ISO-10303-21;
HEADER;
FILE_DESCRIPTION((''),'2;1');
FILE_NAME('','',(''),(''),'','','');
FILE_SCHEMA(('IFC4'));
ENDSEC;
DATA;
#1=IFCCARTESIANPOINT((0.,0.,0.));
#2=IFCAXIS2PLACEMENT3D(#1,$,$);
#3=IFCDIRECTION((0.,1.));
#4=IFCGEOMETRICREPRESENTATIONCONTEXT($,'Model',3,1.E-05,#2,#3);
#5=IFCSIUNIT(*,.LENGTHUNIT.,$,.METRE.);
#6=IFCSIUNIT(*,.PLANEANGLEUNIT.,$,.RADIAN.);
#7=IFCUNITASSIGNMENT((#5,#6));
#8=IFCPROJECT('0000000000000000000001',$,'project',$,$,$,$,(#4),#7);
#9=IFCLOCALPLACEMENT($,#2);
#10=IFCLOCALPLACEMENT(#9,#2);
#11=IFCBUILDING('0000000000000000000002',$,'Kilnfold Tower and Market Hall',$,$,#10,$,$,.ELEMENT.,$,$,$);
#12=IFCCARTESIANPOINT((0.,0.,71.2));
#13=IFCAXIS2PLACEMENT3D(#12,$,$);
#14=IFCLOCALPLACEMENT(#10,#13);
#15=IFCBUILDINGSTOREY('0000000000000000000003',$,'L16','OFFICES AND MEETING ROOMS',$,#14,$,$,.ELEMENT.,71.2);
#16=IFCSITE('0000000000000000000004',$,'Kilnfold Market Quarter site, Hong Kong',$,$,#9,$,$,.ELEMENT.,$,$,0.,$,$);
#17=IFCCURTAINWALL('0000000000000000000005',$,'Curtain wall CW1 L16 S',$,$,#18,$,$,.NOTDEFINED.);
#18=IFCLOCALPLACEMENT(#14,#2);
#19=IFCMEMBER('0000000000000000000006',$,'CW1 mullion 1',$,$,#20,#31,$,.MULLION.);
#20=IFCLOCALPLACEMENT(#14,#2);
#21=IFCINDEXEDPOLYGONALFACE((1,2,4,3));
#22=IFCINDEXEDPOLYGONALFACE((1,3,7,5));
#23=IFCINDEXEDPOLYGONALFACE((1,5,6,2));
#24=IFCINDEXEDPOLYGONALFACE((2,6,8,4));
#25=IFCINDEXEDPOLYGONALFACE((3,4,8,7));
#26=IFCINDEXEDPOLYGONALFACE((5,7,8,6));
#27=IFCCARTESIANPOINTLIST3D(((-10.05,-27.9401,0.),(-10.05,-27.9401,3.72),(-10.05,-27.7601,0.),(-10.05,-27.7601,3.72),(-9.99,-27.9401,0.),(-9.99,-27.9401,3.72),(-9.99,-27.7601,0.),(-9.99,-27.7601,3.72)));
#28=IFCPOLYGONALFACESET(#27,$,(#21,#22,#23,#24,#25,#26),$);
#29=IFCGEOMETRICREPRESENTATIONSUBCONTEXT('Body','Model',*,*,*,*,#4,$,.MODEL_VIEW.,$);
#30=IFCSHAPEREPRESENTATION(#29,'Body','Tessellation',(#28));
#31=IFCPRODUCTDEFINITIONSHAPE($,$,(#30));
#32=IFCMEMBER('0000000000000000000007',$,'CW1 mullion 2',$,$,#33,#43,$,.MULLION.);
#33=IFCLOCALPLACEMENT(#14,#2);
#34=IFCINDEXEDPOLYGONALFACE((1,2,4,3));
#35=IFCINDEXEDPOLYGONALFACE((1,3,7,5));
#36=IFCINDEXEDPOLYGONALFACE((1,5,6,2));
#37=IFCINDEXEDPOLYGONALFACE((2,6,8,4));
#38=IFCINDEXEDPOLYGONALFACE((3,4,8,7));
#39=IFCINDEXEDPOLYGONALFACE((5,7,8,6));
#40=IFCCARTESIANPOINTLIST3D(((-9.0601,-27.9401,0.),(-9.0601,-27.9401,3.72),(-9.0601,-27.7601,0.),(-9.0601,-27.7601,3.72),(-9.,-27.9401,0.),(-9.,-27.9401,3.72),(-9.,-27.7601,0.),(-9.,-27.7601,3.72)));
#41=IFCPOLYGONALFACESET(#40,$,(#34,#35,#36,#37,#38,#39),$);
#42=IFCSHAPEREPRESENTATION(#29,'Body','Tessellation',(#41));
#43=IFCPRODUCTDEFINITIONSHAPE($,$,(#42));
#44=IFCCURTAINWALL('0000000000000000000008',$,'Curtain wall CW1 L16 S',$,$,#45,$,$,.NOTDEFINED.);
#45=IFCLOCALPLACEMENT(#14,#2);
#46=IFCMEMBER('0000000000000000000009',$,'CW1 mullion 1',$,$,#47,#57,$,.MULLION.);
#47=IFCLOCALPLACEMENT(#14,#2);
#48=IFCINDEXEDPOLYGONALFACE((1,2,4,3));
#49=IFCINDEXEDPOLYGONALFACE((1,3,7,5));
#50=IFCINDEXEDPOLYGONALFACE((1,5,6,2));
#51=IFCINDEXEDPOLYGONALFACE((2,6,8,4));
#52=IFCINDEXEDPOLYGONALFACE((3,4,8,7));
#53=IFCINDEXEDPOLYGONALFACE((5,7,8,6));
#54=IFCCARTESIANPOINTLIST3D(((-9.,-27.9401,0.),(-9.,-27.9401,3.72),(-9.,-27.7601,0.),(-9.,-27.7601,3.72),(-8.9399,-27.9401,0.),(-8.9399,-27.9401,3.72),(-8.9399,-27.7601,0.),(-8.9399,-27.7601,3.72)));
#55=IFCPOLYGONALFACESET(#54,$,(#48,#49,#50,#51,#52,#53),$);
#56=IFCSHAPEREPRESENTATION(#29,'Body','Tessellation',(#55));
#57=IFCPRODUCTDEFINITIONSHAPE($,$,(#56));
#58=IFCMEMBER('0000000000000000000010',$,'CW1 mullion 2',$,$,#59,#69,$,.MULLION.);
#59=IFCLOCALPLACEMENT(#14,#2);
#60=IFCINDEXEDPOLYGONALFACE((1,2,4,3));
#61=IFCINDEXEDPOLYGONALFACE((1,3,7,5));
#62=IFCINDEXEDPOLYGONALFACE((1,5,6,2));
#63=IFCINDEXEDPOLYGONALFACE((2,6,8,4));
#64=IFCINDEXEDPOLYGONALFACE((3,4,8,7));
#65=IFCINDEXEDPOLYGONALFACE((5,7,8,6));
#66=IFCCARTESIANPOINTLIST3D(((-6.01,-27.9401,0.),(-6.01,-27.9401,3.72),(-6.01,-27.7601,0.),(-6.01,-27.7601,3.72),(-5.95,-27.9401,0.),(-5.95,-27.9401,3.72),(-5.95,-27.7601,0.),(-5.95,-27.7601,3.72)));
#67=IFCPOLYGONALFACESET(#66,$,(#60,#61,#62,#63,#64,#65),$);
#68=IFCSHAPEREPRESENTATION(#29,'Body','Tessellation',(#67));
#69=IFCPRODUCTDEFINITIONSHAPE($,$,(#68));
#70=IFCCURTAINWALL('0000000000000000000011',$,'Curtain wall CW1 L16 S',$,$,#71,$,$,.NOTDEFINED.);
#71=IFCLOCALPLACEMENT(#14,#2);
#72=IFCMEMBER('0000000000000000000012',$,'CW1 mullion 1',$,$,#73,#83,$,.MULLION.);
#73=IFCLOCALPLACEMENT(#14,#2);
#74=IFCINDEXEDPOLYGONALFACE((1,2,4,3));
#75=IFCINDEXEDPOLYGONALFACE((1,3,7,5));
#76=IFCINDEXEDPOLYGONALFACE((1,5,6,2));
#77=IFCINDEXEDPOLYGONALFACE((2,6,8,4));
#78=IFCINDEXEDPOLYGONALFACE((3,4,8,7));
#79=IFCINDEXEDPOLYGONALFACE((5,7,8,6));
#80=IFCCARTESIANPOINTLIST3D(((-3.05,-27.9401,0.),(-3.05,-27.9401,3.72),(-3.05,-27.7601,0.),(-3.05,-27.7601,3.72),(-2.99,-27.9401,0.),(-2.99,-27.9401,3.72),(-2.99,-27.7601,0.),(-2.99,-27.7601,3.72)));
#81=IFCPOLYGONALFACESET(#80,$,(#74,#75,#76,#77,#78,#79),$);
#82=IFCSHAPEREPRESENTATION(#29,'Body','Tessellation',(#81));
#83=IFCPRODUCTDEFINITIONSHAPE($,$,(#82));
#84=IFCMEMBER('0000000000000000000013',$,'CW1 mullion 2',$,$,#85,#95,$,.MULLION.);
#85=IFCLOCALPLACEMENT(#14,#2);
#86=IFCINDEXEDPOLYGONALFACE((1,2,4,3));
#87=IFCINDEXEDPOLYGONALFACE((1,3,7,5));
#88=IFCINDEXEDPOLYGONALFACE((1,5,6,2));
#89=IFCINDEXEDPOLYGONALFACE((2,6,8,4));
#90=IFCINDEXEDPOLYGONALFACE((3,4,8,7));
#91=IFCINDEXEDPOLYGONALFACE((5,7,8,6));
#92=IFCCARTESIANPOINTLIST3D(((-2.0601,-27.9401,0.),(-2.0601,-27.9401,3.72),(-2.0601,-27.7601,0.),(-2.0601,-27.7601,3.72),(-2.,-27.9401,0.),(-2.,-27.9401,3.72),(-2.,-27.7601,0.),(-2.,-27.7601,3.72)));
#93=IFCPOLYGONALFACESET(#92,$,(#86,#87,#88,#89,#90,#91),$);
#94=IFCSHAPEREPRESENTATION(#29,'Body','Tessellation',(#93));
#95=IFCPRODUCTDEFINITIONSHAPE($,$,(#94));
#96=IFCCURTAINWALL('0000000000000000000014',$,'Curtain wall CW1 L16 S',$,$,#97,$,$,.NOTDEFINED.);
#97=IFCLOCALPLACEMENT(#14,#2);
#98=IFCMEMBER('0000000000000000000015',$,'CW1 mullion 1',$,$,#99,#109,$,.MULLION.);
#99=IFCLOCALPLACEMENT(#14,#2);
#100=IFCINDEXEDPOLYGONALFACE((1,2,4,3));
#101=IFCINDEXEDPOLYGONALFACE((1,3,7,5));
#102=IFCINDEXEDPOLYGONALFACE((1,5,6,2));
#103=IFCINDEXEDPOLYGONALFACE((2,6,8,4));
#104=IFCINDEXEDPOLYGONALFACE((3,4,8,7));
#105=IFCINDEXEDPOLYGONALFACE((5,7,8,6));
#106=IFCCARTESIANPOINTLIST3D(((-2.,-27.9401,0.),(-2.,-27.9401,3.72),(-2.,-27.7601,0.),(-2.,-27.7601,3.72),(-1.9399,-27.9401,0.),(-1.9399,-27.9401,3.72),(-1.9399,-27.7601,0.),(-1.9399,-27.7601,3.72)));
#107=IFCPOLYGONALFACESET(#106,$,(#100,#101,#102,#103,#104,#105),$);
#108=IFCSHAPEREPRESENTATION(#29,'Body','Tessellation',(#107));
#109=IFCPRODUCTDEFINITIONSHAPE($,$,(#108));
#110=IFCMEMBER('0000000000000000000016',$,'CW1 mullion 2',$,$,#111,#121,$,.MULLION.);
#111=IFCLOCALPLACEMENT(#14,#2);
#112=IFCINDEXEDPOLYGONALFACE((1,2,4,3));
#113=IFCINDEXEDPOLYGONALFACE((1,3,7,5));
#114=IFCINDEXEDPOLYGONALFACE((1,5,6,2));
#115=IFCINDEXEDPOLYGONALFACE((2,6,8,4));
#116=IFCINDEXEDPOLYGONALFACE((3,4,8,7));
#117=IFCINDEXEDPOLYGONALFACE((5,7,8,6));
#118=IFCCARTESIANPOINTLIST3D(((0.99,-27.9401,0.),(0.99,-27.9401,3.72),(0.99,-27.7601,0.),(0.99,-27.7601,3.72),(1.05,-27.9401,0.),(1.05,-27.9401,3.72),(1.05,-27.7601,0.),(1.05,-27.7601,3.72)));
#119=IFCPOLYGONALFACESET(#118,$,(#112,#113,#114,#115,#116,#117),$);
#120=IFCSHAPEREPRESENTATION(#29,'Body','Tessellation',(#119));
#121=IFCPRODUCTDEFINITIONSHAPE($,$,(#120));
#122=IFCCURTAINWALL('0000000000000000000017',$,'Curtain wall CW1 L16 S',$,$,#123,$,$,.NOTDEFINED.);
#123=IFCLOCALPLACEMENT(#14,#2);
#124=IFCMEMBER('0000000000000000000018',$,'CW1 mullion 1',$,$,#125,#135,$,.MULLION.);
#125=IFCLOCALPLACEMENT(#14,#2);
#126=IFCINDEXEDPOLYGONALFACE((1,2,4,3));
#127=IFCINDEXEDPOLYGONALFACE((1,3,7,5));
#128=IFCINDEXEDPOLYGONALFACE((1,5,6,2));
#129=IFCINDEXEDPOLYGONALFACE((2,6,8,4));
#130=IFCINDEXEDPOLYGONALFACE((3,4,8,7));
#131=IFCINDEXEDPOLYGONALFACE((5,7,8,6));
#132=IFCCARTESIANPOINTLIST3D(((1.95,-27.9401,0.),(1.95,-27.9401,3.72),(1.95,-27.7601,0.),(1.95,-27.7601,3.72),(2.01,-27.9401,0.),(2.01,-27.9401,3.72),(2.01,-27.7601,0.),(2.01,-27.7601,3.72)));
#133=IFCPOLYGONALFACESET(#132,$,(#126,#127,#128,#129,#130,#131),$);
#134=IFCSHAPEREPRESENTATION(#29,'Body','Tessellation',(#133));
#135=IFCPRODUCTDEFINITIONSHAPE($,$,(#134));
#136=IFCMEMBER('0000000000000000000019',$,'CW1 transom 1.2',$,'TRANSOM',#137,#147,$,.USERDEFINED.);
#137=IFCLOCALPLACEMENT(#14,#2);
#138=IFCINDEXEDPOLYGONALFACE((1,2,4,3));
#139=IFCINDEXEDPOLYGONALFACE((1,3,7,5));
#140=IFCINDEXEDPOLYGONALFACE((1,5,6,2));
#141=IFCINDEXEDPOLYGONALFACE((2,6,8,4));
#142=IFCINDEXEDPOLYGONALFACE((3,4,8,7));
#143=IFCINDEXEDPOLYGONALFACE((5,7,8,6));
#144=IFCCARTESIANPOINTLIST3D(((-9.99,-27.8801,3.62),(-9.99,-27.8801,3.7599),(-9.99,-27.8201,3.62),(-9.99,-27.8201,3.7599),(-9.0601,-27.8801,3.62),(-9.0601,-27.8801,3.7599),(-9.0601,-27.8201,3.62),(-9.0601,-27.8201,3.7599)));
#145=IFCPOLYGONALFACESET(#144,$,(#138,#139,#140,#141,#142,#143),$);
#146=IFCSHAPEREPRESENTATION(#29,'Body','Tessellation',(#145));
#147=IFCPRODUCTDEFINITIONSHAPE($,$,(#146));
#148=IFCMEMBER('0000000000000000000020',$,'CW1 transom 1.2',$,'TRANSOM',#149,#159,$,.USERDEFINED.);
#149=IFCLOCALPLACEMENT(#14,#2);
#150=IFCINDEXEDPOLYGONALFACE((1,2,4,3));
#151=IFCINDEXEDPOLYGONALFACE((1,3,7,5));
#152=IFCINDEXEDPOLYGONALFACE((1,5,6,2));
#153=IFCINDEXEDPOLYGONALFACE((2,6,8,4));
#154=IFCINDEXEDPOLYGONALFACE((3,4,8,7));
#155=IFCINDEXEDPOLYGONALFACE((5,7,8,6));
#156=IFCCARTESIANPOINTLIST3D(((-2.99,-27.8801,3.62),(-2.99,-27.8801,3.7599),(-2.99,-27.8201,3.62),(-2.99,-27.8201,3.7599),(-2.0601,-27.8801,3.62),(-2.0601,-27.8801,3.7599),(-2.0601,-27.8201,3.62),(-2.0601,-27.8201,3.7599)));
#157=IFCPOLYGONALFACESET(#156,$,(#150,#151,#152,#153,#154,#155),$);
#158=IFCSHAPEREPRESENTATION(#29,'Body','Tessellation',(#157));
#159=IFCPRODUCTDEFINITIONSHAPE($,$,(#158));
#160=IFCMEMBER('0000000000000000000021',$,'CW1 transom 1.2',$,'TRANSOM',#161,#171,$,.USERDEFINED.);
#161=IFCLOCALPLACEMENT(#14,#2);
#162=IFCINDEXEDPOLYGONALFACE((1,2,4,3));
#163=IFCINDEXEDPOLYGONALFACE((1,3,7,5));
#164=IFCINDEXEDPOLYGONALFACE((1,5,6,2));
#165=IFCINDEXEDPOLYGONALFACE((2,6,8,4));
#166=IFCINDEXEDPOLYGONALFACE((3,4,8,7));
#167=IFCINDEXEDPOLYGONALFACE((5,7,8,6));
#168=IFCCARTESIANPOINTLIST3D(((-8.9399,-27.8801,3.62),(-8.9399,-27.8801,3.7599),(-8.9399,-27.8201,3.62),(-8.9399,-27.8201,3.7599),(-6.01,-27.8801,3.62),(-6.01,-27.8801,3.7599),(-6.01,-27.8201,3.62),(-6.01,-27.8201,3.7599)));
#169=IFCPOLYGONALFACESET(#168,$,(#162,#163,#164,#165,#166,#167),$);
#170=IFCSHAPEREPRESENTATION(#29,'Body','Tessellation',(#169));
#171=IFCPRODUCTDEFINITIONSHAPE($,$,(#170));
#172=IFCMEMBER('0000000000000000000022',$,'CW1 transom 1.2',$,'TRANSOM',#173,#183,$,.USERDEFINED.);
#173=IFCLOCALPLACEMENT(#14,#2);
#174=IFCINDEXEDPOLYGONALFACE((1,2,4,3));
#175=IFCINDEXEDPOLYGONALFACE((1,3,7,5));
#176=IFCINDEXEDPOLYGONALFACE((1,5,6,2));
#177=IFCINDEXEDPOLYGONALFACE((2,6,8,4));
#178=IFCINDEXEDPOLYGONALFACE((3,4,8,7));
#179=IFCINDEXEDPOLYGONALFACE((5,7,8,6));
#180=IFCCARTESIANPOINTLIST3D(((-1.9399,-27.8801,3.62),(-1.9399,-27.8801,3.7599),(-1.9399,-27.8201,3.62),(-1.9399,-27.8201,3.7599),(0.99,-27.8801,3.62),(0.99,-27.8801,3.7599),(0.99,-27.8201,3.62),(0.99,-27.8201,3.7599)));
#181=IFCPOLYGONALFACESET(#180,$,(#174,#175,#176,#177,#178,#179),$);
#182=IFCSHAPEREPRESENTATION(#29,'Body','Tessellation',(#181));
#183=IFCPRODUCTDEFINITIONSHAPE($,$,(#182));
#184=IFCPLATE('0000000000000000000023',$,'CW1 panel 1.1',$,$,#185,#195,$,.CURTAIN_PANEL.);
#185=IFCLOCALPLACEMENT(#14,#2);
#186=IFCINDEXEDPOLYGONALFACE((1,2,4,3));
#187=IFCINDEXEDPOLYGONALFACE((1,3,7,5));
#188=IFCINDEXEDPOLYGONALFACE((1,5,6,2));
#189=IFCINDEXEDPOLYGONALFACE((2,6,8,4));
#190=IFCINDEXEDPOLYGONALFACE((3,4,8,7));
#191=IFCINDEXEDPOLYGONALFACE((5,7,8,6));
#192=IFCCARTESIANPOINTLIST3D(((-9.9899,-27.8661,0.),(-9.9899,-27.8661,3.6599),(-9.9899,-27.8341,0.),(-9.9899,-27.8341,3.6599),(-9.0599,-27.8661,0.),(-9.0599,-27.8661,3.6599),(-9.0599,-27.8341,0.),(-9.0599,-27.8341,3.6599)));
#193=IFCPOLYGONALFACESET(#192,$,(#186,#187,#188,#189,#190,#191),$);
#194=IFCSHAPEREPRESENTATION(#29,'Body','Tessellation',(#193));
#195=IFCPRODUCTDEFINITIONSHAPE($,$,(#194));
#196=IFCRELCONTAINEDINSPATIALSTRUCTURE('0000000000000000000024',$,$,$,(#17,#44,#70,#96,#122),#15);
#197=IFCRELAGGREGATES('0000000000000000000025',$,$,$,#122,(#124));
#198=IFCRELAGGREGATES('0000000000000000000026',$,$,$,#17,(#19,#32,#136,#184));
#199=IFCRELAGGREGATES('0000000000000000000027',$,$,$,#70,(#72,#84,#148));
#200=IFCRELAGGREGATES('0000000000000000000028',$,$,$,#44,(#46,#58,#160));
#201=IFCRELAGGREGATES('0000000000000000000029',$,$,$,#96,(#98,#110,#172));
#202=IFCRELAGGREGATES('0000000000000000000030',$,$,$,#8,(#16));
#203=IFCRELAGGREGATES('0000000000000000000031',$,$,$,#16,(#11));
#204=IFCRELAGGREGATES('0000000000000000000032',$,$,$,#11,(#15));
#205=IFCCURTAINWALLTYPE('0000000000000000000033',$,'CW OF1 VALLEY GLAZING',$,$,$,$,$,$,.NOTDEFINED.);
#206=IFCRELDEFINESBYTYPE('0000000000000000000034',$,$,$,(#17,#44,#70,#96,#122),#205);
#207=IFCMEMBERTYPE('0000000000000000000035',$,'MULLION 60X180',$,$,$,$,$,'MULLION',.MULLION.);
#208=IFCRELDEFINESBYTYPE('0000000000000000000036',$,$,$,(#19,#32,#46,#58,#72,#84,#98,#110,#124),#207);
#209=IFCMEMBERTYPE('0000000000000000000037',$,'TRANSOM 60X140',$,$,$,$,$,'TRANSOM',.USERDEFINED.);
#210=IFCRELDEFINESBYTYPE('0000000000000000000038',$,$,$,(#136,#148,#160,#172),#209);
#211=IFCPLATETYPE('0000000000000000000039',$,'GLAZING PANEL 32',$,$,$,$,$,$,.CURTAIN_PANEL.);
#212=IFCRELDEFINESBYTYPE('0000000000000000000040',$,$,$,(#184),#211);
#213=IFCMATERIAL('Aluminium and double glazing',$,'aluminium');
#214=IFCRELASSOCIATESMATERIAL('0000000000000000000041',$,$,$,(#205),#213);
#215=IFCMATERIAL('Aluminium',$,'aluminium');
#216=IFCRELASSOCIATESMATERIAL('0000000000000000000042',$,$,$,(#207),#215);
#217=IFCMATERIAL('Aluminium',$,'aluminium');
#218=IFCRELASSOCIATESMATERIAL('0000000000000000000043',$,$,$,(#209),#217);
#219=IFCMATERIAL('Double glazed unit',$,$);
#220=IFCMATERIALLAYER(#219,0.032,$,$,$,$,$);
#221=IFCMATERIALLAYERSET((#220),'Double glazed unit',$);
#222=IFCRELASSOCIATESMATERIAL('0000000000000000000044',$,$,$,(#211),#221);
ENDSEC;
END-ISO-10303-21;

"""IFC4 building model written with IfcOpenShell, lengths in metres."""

from ifc_helpers import new_model, si_unit, direction, frame, origin, origin_2d, place, context, subcontext, project, spatial, rectangle, extrude, source, transform, mapped, material, layer, layer_set, material_profile, profile_set, type_object, element, aggregate, save


model = new_model("IFC4")

# Units and contexts
model_context = context("Model", 3, precision=1e-05, world=origin(), true_north=direction((0.0, 1.0)))
body_context = subcontext(model_context, "Body", "Model", "MODEL_VIEW")
ifc_project = project(units=[si_unit("LENGTHUNIT", "METRE"), si_unit("PLANEANGLEUNIT", "RADIAN")], contexts=[model_context])

# Site, building, storey
site_placement = place(None, origin())
site = spatial("IfcSite", under=ifc_project, at=site_placement, Name="Kilnfold Market Quarter site, Hong Kong", CompositionType="ELEMENT", RefElevation=0.0)
building_placement = place(site_placement, origin())
building = spatial("IfcBuilding", under=site, at=building_placement, Name="Kilnfold Tower and Market Hall", CompositionType="ELEMENT")
storey_placement = place(building_placement, frame((0.0, 0.0, 71.2)))
storey = spatial("IfcBuildingStorey", under=building, at=storey_placement, Name="L16", Description="OFFICES AND MEETING ROOMS", CompositionType="ELEMENT", Elevation=71.2)

# Curtain walls, members
ifc_material_1 = material(Name="Aluminium and double glazing", Category="aluminium")
curtain_wall_type = type_object("IfcCurtainWallType", Name="CW OF1 VALLEY GLAZING", PredefinedType="NOTDEFINED", material=ifc_material_1)
curtain_wall_1_placement = place(storey_placement, origin())
curtain_wall_1 = element("IfcCurtainWall", 1, at=curtain_wall_1_placement, inside=storey, type_object=curtain_wall_type, Name="Curtain wall CW1 L16 S", PredefinedType="NOTDEFINED")
ifc_material_2 = material(Name="Aluminium", Category="aluminium")
ifc_material_profile_1 = material_profile(ifc_material_2, rectangle(XDim=0.0601, YDim=0.1799, at=origin_2d()), Name="MULLION 60x180")
ifc_profile_set_1 = profile_set([ifc_material_profile_1], Name="Aluminium")
member_type_1 = type_object("IfcMemberType", Name="MULLION 60X180", ElementType="MULLION", PredefinedType="MULLION", material=ifc_profile_set_1)
shared_shape_1 = source(origin(), body_context, "Body", "SweptSolid", [
    extrude(rectangle(XDim=0.0601, YDim=0.1799, at=origin_2d()), origin(), (0.0, 0.0, 1.0), 3.72),
])
member_1_placement = place(storey_placement, frame((-10.02, -27.8501, 0.0), z_axis=(0.0, 0.0, 1.0), x_axis=(1.0, 0.0, 0.0)))
member_1 = element("IfcMember", 2, at=member_1_placement, type_object=member_type_1, Name="CW1 mullion 1", PredefinedType="MULLION", context=body_context, shape_type="MappedRepresentation", body=[
    mapped(shared_shape_1, transform((0.0, 0.0, 0.0))),
])
member_2_placement = place(storey_placement, frame((-9.03, -27.8501, 0.0), z_axis=(0.0, 0.0, 1.0), x_axis=(1.0, 0.0, 0.0)))
member_2 = element("IfcMember", 3, at=member_2_placement, type_object=member_type_1, Name="CW1 mullion 2", PredefinedType="MULLION", context=body_context, shape_type="MappedRepresentation", body=[
    mapped(shared_shape_1, transform((0.0, 0.0, 0.0))),
])
curtain_wall_2_placement = place(storey_placement, origin())
curtain_wall_2 = element("IfcCurtainWall", 4, at=curtain_wall_2_placement, inside=storey, type_object=curtain_wall_type, Name="Curtain wall CW1 L16 S", PredefinedType="NOTDEFINED")
member_3_placement = place(storey_placement, frame((-8.97, -27.8501, 0.0), z_axis=(0.0, 0.0, 1.0), x_axis=(1.0, 0.0, 0.0)))
member_3 = element("IfcMember", 5, at=member_3_placement, type_object=member_type_1, Name="CW1 mullion 1", PredefinedType="MULLION", context=body_context, shape_type="MappedRepresentation", body=[
    mapped(shared_shape_1, transform((0.0, 0.0, 0.0))),
])
member_4_placement = place(storey_placement, frame((-5.98, -27.8501, 0.0), z_axis=(0.0, 0.0, 1.0), x_axis=(1.0, 0.0, 0.0)))
member_4 = element("IfcMember", 6, at=member_4_placement, type_object=member_type_1, Name="CW1 mullion 2", PredefinedType="MULLION", context=body_context, shape_type="MappedRepresentation", body=[
    mapped(shared_shape_1, transform((0.0, 0.0, 0.0))),
])
curtain_wall_3_placement = place(storey_placement, origin())
curtain_wall_3 = element("IfcCurtainWall", 7, at=curtain_wall_3_placement, inside=storey, type_object=curtain_wall_type, Name="Curtain wall CW1 L16 S", PredefinedType="NOTDEFINED")
member_5_placement = place(storey_placement, frame((-3.02, -27.8501, 0.0), z_axis=(0.0, 0.0, 1.0), x_axis=(1.0, 0.0, 0.0)))
member_5 = element("IfcMember", 8, at=member_5_placement, type_object=member_type_1, Name="CW1 mullion 1", PredefinedType="MULLION", context=body_context, shape_type="MappedRepresentation", body=[
    mapped(shared_shape_1, transform((0.0, 0.0, 0.0))),
])
member_6_placement = place(storey_placement, frame((-2.03, -27.8501, 0.0), z_axis=(0.0, 0.0, 1.0), x_axis=(1.0, 0.0, 0.0)))
member_6 = element("IfcMember", 9, at=member_6_placement, type_object=member_type_1, Name="CW1 mullion 2", PredefinedType="MULLION", context=body_context, shape_type="MappedRepresentation", body=[
    mapped(shared_shape_1, transform((0.0, 0.0, 0.0))),
])
curtain_wall_4_placement = place(storey_placement, origin())
curtain_wall_4 = element("IfcCurtainWall", 10, at=curtain_wall_4_placement, inside=storey, type_object=curtain_wall_type, Name="Curtain wall CW1 L16 S", PredefinedType="NOTDEFINED")
member_7_placement = place(storey_placement, frame((-1.97, -27.8501, 0.0), z_axis=(0.0, 0.0, 1.0), x_axis=(1.0, 0.0, 0.0)))
member_7 = element("IfcMember", 11, at=member_7_placement, type_object=member_type_1, Name="CW1 mullion 1", PredefinedType="MULLION", context=body_context, shape_type="MappedRepresentation", body=[
    mapped(shared_shape_1, transform((0.0, 0.0, 0.0))),
])
member_8_placement = place(storey_placement, frame((1.02, -27.8501, 0.0), z_axis=(0.0, 0.0, 1.0), x_axis=(1.0, 0.0, 0.0)))
member_8 = element("IfcMember", 12, at=member_8_placement, type_object=member_type_1, Name="CW1 mullion 2", PredefinedType="MULLION", context=body_context, shape_type="MappedRepresentation", body=[
    mapped(shared_shape_1, transform((0.0, 0.0, 0.0))),
])

# Curtain wall, member
curtain_wall_5_placement = place(storey_placement, origin())
curtain_wall_5 = element("IfcCurtainWall", 13, at=curtain_wall_5_placement, inside=storey, type_object=curtain_wall_type, Name="Curtain wall CW1 L16 S", PredefinedType="NOTDEFINED")
member_9_placement = place(storey_placement, frame((1.98, -27.8501, 0.0), z_axis=(0.0, 0.0, 1.0), x_axis=(1.0, 0.0, 0.0)))
member_9 = element("IfcMember", 14, at=member_9_placement, type_object=member_type_1, Name="CW1 mullion 1", PredefinedType="MULLION", context=body_context, shape_type="MappedRepresentation", body=[
    mapped(shared_shape_1, transform((0.0, 0.0, 0.0))),
])
aggregate(curtain_wall_5, [member_9])

# Members
ifc_material_3 = material(Name="Aluminium", Category="aluminium")
ifc_material_profile_2 = material_profile(ifc_material_3, rectangle(XDim=0.0601, YDim=0.1399, at=origin_2d()), Name="TRANSOM 60x140")
ifc_profile_set_2 = profile_set([ifc_material_profile_2], Name="Aluminium")
member_type_2 = type_object("IfcMemberType", Name="TRANSOM 60X140", ElementType="TRANSOM", PredefinedType="USERDEFINED", material=ifc_profile_set_2)
shared_shape_2 = source(origin(), body_context, "Body", "SweptSolid", [
    extrude(rectangle(XDim=0.0601, YDim=0.1399, at=origin_2d()), origin(), (0.0, 0.0, 1.0), 0.9299),
])
member_10_placement = place(storey_placement, frame((-9.99, -27.8501, 3.6899), z_axis=(1.0, 0.0, 0.0), x_axis=(0.0, 1.0, 0.0)))
member_10 = element("IfcMember", 15, at=member_10_placement, type_object=member_type_2, Name="CW1 transom 1.2", ObjectType="TRANSOM", PredefinedType="USERDEFINED", context=body_context, shape_type="MappedRepresentation", body=[
    mapped(shared_shape_2, transform((0.0, 0.0, 0.0))),
])
member_11_placement = place(storey_placement, frame((-2.99, -27.8501, 3.6899), z_axis=(1.0, 0.0, 0.0), x_axis=(0.0, 1.0, 0.0)))
member_11 = element("IfcMember", 16, at=member_11_placement, type_object=member_type_2, Name="CW1 transom 1.2", ObjectType="TRANSOM", PredefinedType="USERDEFINED", context=body_context, shape_type="MappedRepresentation", body=[
    mapped(shared_shape_2, transform((0.0, 0.0, 0.0))),
])
shared_shape_3 = source(origin(), body_context, "Body", "SweptSolid", [
    extrude(rectangle(XDim=0.0601, YDim=0.1399, at=origin_2d()), origin(), (0.0, 0.0, 1.0), 2.9299),
])
member_12_placement = place(storey_placement, frame((-8.9399, -27.8501, 3.6899), z_axis=(1.0, 0.0, 0.0), x_axis=(0.0, 1.0, 0.0)))
member_12 = element("IfcMember", 17, at=member_12_placement, type_object=member_type_2, Name="CW1 transom 1.2", ObjectType="TRANSOM", PredefinedType="USERDEFINED", context=body_context, shape_type="MappedRepresentation", body=[
    mapped(shared_shape_3, transform((0.0, 0.0, 0.0))),
])
member_13_placement = place(storey_placement, frame((-1.9399, -27.8501, 3.6899), z_axis=(1.0, 0.0, 0.0), x_axis=(0.0, 1.0, 0.0)))
member_13 = element("IfcMember", 18, at=member_13_placement, type_object=member_type_2, Name="CW1 transom 1.2", ObjectType="TRANSOM", PredefinedType="USERDEFINED", context=body_context, shape_type="MappedRepresentation", body=[
    mapped(shared_shape_3, transform((0.0, 0.0, 0.0))),
])

# Plate
ifc_material_4 = material(Name="Double glazed unit")
ifc_layer_1 = layer(ifc_material_4, 0.032)
ifc_layer_set_1 = layer_set([ifc_layer_1], Name="Double glazed unit")
plate_type = type_object("IfcPlateType", Name="GLAZING PANEL 32", PredefinedType="CURTAIN_PANEL", material=ifc_layer_set_1)
shared_shape_4 = source(origin(), body_context, "Body", "SweptSolid", [
    extrude(rectangle(XDim=0.9299, YDim=0.032, at=origin_2d()), origin(), (0.0, 0.0, 1.0), 3.6599),
])
plate_1_placement = place(storey_placement, frame((-9.5249, -27.8501, 0.0), z_axis=(0.0, 0.0, 1.0), x_axis=(1.0, 0.0, 0.0)))
plate_1 = element("IfcPlate", 19, at=plate_1_placement, type_object=plate_type, Name="CW1 panel 1.1", PredefinedType="CURTAIN_PANEL", context=body_context, shape_type="MappedRepresentation", body=[
    mapped(shared_shape_4, transform((0.0, 0.0, 0.0))),
])
aggregate(curtain_wall_1, [member_1, member_2, member_10, plate_1])
aggregate(curtain_wall_3, [member_5, member_6, member_11])
aggregate(curtain_wall_2, [member_3, member_4, member_12])
aggregate(curtain_wall_4, [member_7, member_8, member_13])

save(model, "model.ifc")
